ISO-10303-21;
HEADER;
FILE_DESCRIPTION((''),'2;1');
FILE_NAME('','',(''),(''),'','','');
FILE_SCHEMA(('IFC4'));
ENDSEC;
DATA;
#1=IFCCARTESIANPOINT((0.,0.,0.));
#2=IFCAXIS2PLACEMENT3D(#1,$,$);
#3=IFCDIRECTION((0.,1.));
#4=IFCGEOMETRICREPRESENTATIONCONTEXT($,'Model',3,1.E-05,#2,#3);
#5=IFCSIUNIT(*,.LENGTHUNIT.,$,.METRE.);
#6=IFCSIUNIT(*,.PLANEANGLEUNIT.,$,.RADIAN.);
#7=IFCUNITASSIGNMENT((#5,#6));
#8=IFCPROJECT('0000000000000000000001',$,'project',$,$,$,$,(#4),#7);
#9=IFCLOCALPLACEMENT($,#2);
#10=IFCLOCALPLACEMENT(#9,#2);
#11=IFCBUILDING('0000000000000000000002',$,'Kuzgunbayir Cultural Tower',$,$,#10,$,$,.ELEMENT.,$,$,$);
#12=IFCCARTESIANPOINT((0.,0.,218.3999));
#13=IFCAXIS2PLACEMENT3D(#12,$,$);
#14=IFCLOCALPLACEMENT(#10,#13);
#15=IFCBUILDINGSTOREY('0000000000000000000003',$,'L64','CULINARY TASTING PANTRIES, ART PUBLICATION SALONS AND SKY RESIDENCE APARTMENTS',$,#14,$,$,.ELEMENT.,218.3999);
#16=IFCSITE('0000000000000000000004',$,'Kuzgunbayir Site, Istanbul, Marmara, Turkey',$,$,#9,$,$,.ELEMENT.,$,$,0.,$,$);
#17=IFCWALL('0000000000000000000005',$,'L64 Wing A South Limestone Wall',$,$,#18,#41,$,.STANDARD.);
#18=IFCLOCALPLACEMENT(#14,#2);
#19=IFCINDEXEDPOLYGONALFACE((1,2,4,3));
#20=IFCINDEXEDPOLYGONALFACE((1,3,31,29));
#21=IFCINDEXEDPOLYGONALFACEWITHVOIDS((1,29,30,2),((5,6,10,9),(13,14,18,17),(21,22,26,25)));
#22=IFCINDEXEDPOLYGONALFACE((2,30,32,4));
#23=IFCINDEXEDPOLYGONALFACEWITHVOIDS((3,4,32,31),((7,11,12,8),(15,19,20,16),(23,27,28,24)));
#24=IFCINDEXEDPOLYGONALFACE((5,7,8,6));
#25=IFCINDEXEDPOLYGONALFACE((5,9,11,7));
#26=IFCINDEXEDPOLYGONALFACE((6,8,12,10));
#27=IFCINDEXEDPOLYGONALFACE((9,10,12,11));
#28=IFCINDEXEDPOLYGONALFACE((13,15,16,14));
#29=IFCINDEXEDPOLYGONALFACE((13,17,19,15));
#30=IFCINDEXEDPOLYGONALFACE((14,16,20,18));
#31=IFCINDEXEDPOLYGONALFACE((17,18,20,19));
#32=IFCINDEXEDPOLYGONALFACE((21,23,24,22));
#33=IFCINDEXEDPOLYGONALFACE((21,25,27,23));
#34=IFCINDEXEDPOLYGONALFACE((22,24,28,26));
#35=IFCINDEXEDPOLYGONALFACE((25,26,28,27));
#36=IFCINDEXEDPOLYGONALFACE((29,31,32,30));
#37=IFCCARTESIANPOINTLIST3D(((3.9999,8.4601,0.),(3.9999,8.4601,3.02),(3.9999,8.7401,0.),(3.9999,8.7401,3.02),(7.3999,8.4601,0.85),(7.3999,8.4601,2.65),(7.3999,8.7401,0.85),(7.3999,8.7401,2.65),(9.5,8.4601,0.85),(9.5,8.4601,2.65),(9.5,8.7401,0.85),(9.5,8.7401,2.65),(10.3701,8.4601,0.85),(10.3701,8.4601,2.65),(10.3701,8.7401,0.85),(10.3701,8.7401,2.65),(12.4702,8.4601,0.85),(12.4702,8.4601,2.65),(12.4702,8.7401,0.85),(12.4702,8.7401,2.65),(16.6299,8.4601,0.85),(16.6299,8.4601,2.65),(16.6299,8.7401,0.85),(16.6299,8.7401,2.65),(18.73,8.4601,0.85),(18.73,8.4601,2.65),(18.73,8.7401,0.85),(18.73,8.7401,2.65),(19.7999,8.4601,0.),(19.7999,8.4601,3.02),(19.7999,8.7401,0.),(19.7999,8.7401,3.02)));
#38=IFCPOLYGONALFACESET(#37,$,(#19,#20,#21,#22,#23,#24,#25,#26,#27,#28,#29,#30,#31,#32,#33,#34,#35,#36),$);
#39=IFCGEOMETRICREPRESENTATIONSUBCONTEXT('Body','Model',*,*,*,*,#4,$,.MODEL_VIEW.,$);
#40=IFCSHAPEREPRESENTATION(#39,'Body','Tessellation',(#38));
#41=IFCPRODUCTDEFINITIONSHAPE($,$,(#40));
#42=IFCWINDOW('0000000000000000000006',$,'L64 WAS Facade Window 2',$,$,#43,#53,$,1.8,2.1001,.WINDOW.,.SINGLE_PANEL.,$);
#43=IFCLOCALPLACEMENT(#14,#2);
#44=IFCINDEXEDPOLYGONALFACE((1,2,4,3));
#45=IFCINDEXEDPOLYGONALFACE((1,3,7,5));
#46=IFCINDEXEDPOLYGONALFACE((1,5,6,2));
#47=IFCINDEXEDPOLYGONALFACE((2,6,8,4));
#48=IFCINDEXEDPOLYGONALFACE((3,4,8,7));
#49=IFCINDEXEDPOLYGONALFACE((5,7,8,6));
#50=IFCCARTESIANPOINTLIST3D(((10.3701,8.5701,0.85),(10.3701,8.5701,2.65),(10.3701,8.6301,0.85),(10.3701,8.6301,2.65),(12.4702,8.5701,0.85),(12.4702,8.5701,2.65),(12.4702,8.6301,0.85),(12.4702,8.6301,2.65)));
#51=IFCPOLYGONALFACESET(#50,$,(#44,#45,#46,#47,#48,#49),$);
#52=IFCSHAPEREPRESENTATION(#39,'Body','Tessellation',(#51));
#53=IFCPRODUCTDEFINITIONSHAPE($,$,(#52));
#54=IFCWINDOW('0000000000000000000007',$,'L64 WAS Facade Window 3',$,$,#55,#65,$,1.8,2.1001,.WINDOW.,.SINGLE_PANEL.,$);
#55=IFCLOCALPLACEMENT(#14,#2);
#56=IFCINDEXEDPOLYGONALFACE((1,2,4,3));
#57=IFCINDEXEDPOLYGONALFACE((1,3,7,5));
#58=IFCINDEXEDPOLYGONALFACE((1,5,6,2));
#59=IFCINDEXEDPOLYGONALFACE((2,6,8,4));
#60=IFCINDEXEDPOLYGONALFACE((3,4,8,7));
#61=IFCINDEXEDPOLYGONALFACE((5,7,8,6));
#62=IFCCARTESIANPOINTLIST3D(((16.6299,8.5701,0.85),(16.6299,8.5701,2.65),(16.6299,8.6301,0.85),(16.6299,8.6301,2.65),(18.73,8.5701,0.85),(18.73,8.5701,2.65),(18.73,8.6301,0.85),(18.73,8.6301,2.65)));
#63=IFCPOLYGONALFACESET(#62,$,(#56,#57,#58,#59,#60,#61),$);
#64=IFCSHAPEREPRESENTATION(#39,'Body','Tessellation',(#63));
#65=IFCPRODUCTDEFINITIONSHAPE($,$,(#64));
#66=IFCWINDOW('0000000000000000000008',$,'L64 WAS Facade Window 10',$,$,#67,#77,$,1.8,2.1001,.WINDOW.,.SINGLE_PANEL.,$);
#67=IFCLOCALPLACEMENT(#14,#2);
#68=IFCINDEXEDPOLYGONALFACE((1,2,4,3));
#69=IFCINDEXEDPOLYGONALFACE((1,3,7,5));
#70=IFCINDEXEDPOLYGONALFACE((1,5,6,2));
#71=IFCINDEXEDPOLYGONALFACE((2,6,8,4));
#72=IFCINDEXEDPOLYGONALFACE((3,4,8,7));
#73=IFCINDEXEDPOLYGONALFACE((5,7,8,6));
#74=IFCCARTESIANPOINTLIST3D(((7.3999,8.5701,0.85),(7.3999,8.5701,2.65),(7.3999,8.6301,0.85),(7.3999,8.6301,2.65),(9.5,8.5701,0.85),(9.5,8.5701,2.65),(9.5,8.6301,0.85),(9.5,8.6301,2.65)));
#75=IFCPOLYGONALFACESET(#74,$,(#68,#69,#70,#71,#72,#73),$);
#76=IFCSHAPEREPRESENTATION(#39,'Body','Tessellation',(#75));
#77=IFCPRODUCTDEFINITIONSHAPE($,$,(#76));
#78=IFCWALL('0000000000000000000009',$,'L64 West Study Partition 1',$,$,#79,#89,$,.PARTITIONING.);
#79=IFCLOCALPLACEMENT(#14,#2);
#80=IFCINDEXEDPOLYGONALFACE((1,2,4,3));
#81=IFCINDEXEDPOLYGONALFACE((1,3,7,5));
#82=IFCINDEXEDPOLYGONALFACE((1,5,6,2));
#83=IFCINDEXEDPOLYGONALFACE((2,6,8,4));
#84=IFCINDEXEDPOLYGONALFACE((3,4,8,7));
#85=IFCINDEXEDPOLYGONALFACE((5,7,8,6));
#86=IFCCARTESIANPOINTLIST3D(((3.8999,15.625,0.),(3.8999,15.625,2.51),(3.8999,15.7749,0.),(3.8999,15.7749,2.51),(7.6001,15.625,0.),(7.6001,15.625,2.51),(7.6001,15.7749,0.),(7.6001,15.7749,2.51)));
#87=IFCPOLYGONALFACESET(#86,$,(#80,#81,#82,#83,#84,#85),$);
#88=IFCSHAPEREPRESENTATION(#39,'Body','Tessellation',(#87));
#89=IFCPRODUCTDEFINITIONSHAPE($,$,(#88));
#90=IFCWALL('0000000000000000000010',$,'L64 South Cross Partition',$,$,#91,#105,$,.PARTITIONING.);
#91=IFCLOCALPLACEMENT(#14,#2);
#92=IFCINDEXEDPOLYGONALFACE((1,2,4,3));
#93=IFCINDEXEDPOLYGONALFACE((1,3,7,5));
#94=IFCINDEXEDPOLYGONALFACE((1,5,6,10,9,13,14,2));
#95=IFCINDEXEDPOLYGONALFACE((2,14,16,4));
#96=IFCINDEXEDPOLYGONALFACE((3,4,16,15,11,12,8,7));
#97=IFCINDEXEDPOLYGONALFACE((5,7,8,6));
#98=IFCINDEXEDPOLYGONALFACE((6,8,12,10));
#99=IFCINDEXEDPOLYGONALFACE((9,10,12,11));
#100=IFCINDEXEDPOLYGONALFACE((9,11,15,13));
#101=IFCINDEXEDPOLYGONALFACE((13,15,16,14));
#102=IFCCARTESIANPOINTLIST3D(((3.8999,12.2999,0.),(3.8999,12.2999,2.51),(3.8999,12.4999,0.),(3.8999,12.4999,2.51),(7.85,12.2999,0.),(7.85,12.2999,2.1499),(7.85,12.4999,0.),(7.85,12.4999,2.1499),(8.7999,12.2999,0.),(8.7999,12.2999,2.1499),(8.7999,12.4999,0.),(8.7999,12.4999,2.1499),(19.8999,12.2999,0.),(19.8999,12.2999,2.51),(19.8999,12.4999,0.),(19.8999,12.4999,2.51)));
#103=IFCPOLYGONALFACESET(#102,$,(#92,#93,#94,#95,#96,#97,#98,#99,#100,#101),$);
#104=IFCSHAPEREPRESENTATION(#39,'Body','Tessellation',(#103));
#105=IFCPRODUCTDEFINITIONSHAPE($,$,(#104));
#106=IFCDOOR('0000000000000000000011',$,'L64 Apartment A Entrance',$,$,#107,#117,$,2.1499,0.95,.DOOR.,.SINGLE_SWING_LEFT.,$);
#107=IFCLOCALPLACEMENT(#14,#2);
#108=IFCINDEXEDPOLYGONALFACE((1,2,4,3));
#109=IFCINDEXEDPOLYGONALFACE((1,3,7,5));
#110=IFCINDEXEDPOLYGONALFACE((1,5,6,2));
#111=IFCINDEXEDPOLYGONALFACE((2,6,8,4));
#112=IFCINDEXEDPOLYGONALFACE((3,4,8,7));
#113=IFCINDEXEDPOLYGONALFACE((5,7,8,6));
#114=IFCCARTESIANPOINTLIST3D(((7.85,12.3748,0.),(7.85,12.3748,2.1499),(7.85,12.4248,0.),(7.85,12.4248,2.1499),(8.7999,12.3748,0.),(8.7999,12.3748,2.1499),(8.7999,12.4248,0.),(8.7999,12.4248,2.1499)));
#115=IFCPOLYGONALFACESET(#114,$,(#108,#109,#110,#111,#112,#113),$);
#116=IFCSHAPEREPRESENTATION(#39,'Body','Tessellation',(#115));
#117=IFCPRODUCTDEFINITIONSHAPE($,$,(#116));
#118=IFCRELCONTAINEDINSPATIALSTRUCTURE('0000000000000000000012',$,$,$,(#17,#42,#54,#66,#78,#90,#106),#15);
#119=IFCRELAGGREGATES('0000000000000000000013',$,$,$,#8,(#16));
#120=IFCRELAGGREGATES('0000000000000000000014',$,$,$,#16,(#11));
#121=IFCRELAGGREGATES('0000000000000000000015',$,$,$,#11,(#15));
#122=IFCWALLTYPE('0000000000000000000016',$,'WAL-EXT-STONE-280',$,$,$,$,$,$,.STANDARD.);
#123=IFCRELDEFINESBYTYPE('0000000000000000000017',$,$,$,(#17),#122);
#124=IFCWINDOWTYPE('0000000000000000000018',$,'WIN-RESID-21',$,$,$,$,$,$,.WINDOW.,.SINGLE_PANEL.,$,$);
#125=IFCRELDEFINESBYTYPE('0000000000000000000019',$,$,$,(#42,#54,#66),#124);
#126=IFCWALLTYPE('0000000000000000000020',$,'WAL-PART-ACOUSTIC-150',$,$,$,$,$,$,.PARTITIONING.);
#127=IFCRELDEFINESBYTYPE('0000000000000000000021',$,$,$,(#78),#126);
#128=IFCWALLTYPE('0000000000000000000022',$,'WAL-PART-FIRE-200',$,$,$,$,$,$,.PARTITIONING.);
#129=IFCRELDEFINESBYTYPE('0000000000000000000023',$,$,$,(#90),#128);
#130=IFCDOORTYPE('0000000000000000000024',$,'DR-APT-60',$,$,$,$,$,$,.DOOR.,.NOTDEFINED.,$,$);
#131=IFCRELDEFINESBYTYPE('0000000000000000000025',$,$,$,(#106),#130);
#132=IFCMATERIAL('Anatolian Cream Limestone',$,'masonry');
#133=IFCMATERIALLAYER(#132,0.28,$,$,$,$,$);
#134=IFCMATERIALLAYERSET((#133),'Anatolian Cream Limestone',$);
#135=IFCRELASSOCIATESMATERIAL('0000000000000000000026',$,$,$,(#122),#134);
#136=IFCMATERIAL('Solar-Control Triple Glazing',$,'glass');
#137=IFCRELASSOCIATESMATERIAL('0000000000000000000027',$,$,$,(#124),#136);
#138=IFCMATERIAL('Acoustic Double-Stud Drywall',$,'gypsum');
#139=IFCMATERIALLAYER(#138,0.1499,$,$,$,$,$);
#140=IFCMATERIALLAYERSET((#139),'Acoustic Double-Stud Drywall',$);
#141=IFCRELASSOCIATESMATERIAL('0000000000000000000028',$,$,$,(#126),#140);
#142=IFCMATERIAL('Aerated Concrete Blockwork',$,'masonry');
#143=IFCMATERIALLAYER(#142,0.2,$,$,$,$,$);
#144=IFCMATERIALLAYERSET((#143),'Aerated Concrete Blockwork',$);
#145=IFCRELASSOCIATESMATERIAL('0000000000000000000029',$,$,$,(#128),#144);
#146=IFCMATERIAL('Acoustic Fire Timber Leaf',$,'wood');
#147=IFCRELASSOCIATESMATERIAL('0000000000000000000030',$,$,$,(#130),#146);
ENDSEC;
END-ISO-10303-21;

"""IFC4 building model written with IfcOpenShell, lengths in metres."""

from ifc_helpers import new_model, si_unit, direction, frame, frame_2d, origin, place, context, subcontext, project, spatial, rectangle, extrude, material, layer, layer_set, type_object, element, fill, save


model = new_model("IFC4")

# Units and contexts
model_context = context("Model", 3, precision=1e-05, world=origin(), true_north=direction((0.0, 1.0)))
body_context = subcontext(model_context, "Body", "Model", "MODEL_VIEW")
ifc_project = project(units=[si_unit("LENGTHUNIT", "METRE"), si_unit("PLANEANGLEUNIT", "RADIAN")], contexts=[model_context])

# Site, building, storey
site_placement = place(None, origin())
site = spatial("IfcSite", under=ifc_project, at=site_placement, Name="Kuzgunbayir Site, Istanbul, Marmara, Turkey", CompositionType="ELEMENT", RefElevation=0.0)
building_placement = place(site_placement, origin())
building = spatial("IfcBuilding", under=site, at=building_placement, Name="Kuzgunbayir Cultural Tower", CompositionType="ELEMENT")
storey_placement = place(building_placement, frame((0.0, 0.0, 218.3999)))
storey = spatial("IfcBuildingStorey", under=building, at=storey_placement, Name="L64", Description="CULINARY TASTING PANTRIES, ART PUBLICATION SALONS AND SKY RESIDENCE APARTMENTS", CompositionType="ELEMENT", Elevation=218.3999)

# Wall, openings, windows
ifc_material_1 = material(Name="Anatolian Cream Limestone", Category="masonry")
ifc_layer_1 = layer(ifc_material_1, 0.28)
ifc_layer_set_1 = layer_set([ifc_layer_1], Name="Anatolian Cream Limestone")
wall_type_1 = type_object("IfcWallType", Name="WAL-EXT-STONE-280", PredefinedType="STANDARD", material=ifc_layer_set_1)
wall_1_placement = place(storey_placement, frame((4.0, 8.6001, 0.0), z_axis=(0.0, 0.0, 1.0), x_axis=(1.0, 0.0, 0.0)))
wall_1 = element("IfcWall", 1, at=wall_1_placement, inside=storey, type_object=wall_type_1, Name="L64 Wing A South Limestone Wall", PredefinedType="STANDARD", context=body_context, shape_type="SweptSolid", body=[
    extrude(rectangle(XDim=15.8, YDim=0.28, at=frame_2d((7.8999, 0.0))), origin(), (0.0, 0.0, 1.0), 3.02),
])
opening_1_placement = place(wall_1_placement, frame((6.3701, 0.0, 0.8501)))
opening_1 = element("IfcOpeningElement", 2, at=opening_1_placement, cuts=wall_1, PredefinedType="OPENING", context=body_context, shape_type="SweptSolid", body=[
    extrude(rectangle(XDim=2.1001, YDim=1.8, at=frame_2d((1.05, 0.8999))), frame((0.0, 0.1499, 0.0), z_axis=(0.0, -1.0, 0.0), x_axis=(1.0, 0.0, 0.0)), (0.0, 0.0, 1.0), 0.3),
])
opening_2_placement = place(wall_1_placement, frame((12.6299, 0.0, 0.8501)))
opening_2 = element("IfcOpeningElement", 3, at=opening_2_placement, cuts=wall_1, PredefinedType="OPENING", context=body_context, shape_type="SweptSolid", body=[
    extrude(rectangle(XDim=2.1001, YDim=1.8, at=frame_2d((1.05, 0.8999))), frame((0.0, 0.1499, 0.0), z_axis=(0.0, -1.0, 0.0), x_axis=(1.0, 0.0, 0.0)), (0.0, 0.0, 1.0), 0.3),
])
opening_3_placement = place(wall_1_placement, frame((3.3999, 0.0, 0.8501)))
opening_3 = element("IfcOpeningElement", 4, at=opening_3_placement, cuts=wall_1, PredefinedType="OPENING", context=body_context, shape_type="SweptSolid", body=[
    extrude(rectangle(XDim=2.1001, YDim=1.8, at=frame_2d((1.05, 0.8999))), frame((0.0, 0.1499, 0.0), z_axis=(0.0, -1.0, 0.0), x_axis=(1.0, 0.0, 0.0)), (0.0, 0.0, 1.0), 0.3),
])
ifc_material_2 = material(Name="Solar-Control Triple Glazing", Category="glass")
window_type = type_object("IfcWindowType", Name="WIN-RESID-21", PartitioningType="SINGLE_PANEL", PredefinedType="WINDOW", material=ifc_material_2)
window_1_placement = place(opening_1_placement, origin())
window_1 = element("IfcWindow", 5, at=window_1_placement, inside=storey, type_object=window_type, Name="L64 WAS Facade Window 2", OverallHeight=1.8, OverallWidth=2.1001, PartitioningType="SINGLE_PANEL", PredefinedType="WINDOW", context=body_context, shape_type="SweptSolid", body=[
    extrude(rectangle(XDim=2.1001, YDim=1.8, at=frame_2d((1.05, 0.8999))), frame((0.0, 0.03, 0.0), z_axis=(0.0, -1.0, 0.0), x_axis=(1.0, 0.0, 0.0)), (0.0, 0.0, 1.0), 0.0601),
])
fill(opening_1, window_1)
window_2_placement = place(opening_2_placement, origin())
window_2 = element("IfcWindow", 6, at=window_2_placement, inside=storey, type_object=window_type, Name="L64 WAS Facade Window 3", OverallHeight=1.8, OverallWidth=2.1001, PartitioningType="SINGLE_PANEL", PredefinedType="WINDOW", context=body_context, shape_type="SweptSolid", body=[
    extrude(rectangle(XDim=2.1001, YDim=1.8, at=frame_2d((1.05, 0.8999))), frame((0.0, 0.03, 0.0), z_axis=(0.0, -1.0, 0.0), x_axis=(1.0, 0.0, 0.0)), (0.0, 0.0, 1.0), 0.0601),
])
fill(opening_2, window_2)
window_3_placement = place(opening_3_placement, origin())
window_3 = element("IfcWindow", 7, at=window_3_placement, inside=storey, type_object=window_type, Name="L64 WAS Facade Window 10", OverallHeight=1.8, OverallWidth=2.1001, PartitioningType="SINGLE_PANEL", PredefinedType="WINDOW", context=body_context, shape_type="SweptSolid", body=[
    extrude(rectangle(XDim=2.1001, YDim=1.8, at=frame_2d((1.05, 0.8999))), frame((0.0, 0.03, 0.0), z_axis=(0.0, -1.0, 0.0), x_axis=(1.0, 0.0, 0.0)), (0.0, 0.0, 1.0), 0.0601),
])
fill(opening_3, window_3)

# Wall
ifc_material_3 = material(Name="Acoustic Double-Stud Drywall", Category="gypsum")
ifc_layer_2 = layer(ifc_material_3, 0.1499)
ifc_layer_set_2 = layer_set([ifc_layer_2], Name="Acoustic Double-Stud Drywall")
wall_type_2 = type_object("IfcWallType", Name="WAL-PART-ACOUSTIC-150", PredefinedType="PARTITIONING", material=ifc_layer_set_2)
wall_2_placement = place(storey_placement, frame((3.8999, 15.7, 0.0), z_axis=(0.0, 0.0, 1.0), x_axis=(1.0, 0.0, 0.0)))
element("IfcWall", 8, at=wall_2_placement, inside=storey, type_object=wall_type_2, Name="L64 West Study Partition 1", PredefinedType="PARTITIONING", context=body_context, shape_type="SweptSolid", body=[
    extrude(rectangle(XDim=3.7002, YDim=0.1499, at=frame_2d((1.8501, 0.0))), origin(), (0.0, 0.0, 1.0), 2.51),
])

# Wall, opening, door
ifc_material_4 = material(Name="Aerated Concrete Blockwork", Category="masonry")
ifc_layer_3 = layer(ifc_material_4, 0.2)
ifc_layer_set_3 = layer_set([ifc_layer_3], Name="Aerated Concrete Blockwork")
wall_type_3 = type_object("IfcWallType", Name="WAL-PART-FIRE-200", PredefinedType="PARTITIONING", material=ifc_layer_set_3)
wall_3_placement = place(storey_placement, frame((3.8999, 12.3999, 0.0), z_axis=(0.0, 0.0, 1.0), x_axis=(1.0, 0.0, 0.0)))
wall_3 = element("IfcWall", 9, at=wall_3_placement, inside=storey, type_object=wall_type_3, Name="L64 South Cross Partition", PredefinedType="PARTITIONING", context=body_context, shape_type="SweptSolid", body=[
    extrude(rectangle(XDim=16.0, YDim=0.2, at=frame_2d((8.0, 0.0))), origin(), (0.0, 0.0, 1.0), 2.51),
])
opening_4_placement = place(wall_3_placement, frame((3.95, 0.0, 0.0)))
opening_4 = element("IfcOpeningElement", 10, at=opening_4_placement, cuts=wall_3, PredefinedType="OPENING", context=body_context, shape_type="SweptSolid", body=[
    extrude(rectangle(XDim=0.95, YDim=2.1499, at=frame_2d((0.4751, 1.075))), frame((0.0, 0.1099, 0.0), z_axis=(0.0, -1.0, 0.0), x_axis=(1.0, 0.0, 0.0)), (0.0, 0.0, 1.0), 0.22),
])
ifc_material_5 = material(Name="Acoustic Fire Timber Leaf", Category="wood")
door_type = type_object("IfcDoorType", Name="DR-APT-60", OperationType="NOTDEFINED", PredefinedType="DOOR", material=ifc_material_5)
door_placement = place(opening_4_placement, origin())
door = element("IfcDoor", 11, at=door_placement, inside=storey, type_object=door_type, Name="L64 Apartment A Entrance", OperationType="SINGLE_SWING_LEFT", OverallHeight=2.1499, OverallWidth=0.95, PredefinedType="DOOR", context=body_context, shape_type="SweptSolid", body=[
    extrude(rectangle(XDim=0.95, YDim=2.1499, at=frame_2d((0.4751, 1.075))), frame((0.0, 0.0249, 0.0), z_axis=(0.0, -1.0, 0.0), x_axis=(1.0, 0.0, 0.0)), (0.0, 0.0, 1.0), 0.05),
])
fill(opening_4, door)

save(model, "model.ifc")
